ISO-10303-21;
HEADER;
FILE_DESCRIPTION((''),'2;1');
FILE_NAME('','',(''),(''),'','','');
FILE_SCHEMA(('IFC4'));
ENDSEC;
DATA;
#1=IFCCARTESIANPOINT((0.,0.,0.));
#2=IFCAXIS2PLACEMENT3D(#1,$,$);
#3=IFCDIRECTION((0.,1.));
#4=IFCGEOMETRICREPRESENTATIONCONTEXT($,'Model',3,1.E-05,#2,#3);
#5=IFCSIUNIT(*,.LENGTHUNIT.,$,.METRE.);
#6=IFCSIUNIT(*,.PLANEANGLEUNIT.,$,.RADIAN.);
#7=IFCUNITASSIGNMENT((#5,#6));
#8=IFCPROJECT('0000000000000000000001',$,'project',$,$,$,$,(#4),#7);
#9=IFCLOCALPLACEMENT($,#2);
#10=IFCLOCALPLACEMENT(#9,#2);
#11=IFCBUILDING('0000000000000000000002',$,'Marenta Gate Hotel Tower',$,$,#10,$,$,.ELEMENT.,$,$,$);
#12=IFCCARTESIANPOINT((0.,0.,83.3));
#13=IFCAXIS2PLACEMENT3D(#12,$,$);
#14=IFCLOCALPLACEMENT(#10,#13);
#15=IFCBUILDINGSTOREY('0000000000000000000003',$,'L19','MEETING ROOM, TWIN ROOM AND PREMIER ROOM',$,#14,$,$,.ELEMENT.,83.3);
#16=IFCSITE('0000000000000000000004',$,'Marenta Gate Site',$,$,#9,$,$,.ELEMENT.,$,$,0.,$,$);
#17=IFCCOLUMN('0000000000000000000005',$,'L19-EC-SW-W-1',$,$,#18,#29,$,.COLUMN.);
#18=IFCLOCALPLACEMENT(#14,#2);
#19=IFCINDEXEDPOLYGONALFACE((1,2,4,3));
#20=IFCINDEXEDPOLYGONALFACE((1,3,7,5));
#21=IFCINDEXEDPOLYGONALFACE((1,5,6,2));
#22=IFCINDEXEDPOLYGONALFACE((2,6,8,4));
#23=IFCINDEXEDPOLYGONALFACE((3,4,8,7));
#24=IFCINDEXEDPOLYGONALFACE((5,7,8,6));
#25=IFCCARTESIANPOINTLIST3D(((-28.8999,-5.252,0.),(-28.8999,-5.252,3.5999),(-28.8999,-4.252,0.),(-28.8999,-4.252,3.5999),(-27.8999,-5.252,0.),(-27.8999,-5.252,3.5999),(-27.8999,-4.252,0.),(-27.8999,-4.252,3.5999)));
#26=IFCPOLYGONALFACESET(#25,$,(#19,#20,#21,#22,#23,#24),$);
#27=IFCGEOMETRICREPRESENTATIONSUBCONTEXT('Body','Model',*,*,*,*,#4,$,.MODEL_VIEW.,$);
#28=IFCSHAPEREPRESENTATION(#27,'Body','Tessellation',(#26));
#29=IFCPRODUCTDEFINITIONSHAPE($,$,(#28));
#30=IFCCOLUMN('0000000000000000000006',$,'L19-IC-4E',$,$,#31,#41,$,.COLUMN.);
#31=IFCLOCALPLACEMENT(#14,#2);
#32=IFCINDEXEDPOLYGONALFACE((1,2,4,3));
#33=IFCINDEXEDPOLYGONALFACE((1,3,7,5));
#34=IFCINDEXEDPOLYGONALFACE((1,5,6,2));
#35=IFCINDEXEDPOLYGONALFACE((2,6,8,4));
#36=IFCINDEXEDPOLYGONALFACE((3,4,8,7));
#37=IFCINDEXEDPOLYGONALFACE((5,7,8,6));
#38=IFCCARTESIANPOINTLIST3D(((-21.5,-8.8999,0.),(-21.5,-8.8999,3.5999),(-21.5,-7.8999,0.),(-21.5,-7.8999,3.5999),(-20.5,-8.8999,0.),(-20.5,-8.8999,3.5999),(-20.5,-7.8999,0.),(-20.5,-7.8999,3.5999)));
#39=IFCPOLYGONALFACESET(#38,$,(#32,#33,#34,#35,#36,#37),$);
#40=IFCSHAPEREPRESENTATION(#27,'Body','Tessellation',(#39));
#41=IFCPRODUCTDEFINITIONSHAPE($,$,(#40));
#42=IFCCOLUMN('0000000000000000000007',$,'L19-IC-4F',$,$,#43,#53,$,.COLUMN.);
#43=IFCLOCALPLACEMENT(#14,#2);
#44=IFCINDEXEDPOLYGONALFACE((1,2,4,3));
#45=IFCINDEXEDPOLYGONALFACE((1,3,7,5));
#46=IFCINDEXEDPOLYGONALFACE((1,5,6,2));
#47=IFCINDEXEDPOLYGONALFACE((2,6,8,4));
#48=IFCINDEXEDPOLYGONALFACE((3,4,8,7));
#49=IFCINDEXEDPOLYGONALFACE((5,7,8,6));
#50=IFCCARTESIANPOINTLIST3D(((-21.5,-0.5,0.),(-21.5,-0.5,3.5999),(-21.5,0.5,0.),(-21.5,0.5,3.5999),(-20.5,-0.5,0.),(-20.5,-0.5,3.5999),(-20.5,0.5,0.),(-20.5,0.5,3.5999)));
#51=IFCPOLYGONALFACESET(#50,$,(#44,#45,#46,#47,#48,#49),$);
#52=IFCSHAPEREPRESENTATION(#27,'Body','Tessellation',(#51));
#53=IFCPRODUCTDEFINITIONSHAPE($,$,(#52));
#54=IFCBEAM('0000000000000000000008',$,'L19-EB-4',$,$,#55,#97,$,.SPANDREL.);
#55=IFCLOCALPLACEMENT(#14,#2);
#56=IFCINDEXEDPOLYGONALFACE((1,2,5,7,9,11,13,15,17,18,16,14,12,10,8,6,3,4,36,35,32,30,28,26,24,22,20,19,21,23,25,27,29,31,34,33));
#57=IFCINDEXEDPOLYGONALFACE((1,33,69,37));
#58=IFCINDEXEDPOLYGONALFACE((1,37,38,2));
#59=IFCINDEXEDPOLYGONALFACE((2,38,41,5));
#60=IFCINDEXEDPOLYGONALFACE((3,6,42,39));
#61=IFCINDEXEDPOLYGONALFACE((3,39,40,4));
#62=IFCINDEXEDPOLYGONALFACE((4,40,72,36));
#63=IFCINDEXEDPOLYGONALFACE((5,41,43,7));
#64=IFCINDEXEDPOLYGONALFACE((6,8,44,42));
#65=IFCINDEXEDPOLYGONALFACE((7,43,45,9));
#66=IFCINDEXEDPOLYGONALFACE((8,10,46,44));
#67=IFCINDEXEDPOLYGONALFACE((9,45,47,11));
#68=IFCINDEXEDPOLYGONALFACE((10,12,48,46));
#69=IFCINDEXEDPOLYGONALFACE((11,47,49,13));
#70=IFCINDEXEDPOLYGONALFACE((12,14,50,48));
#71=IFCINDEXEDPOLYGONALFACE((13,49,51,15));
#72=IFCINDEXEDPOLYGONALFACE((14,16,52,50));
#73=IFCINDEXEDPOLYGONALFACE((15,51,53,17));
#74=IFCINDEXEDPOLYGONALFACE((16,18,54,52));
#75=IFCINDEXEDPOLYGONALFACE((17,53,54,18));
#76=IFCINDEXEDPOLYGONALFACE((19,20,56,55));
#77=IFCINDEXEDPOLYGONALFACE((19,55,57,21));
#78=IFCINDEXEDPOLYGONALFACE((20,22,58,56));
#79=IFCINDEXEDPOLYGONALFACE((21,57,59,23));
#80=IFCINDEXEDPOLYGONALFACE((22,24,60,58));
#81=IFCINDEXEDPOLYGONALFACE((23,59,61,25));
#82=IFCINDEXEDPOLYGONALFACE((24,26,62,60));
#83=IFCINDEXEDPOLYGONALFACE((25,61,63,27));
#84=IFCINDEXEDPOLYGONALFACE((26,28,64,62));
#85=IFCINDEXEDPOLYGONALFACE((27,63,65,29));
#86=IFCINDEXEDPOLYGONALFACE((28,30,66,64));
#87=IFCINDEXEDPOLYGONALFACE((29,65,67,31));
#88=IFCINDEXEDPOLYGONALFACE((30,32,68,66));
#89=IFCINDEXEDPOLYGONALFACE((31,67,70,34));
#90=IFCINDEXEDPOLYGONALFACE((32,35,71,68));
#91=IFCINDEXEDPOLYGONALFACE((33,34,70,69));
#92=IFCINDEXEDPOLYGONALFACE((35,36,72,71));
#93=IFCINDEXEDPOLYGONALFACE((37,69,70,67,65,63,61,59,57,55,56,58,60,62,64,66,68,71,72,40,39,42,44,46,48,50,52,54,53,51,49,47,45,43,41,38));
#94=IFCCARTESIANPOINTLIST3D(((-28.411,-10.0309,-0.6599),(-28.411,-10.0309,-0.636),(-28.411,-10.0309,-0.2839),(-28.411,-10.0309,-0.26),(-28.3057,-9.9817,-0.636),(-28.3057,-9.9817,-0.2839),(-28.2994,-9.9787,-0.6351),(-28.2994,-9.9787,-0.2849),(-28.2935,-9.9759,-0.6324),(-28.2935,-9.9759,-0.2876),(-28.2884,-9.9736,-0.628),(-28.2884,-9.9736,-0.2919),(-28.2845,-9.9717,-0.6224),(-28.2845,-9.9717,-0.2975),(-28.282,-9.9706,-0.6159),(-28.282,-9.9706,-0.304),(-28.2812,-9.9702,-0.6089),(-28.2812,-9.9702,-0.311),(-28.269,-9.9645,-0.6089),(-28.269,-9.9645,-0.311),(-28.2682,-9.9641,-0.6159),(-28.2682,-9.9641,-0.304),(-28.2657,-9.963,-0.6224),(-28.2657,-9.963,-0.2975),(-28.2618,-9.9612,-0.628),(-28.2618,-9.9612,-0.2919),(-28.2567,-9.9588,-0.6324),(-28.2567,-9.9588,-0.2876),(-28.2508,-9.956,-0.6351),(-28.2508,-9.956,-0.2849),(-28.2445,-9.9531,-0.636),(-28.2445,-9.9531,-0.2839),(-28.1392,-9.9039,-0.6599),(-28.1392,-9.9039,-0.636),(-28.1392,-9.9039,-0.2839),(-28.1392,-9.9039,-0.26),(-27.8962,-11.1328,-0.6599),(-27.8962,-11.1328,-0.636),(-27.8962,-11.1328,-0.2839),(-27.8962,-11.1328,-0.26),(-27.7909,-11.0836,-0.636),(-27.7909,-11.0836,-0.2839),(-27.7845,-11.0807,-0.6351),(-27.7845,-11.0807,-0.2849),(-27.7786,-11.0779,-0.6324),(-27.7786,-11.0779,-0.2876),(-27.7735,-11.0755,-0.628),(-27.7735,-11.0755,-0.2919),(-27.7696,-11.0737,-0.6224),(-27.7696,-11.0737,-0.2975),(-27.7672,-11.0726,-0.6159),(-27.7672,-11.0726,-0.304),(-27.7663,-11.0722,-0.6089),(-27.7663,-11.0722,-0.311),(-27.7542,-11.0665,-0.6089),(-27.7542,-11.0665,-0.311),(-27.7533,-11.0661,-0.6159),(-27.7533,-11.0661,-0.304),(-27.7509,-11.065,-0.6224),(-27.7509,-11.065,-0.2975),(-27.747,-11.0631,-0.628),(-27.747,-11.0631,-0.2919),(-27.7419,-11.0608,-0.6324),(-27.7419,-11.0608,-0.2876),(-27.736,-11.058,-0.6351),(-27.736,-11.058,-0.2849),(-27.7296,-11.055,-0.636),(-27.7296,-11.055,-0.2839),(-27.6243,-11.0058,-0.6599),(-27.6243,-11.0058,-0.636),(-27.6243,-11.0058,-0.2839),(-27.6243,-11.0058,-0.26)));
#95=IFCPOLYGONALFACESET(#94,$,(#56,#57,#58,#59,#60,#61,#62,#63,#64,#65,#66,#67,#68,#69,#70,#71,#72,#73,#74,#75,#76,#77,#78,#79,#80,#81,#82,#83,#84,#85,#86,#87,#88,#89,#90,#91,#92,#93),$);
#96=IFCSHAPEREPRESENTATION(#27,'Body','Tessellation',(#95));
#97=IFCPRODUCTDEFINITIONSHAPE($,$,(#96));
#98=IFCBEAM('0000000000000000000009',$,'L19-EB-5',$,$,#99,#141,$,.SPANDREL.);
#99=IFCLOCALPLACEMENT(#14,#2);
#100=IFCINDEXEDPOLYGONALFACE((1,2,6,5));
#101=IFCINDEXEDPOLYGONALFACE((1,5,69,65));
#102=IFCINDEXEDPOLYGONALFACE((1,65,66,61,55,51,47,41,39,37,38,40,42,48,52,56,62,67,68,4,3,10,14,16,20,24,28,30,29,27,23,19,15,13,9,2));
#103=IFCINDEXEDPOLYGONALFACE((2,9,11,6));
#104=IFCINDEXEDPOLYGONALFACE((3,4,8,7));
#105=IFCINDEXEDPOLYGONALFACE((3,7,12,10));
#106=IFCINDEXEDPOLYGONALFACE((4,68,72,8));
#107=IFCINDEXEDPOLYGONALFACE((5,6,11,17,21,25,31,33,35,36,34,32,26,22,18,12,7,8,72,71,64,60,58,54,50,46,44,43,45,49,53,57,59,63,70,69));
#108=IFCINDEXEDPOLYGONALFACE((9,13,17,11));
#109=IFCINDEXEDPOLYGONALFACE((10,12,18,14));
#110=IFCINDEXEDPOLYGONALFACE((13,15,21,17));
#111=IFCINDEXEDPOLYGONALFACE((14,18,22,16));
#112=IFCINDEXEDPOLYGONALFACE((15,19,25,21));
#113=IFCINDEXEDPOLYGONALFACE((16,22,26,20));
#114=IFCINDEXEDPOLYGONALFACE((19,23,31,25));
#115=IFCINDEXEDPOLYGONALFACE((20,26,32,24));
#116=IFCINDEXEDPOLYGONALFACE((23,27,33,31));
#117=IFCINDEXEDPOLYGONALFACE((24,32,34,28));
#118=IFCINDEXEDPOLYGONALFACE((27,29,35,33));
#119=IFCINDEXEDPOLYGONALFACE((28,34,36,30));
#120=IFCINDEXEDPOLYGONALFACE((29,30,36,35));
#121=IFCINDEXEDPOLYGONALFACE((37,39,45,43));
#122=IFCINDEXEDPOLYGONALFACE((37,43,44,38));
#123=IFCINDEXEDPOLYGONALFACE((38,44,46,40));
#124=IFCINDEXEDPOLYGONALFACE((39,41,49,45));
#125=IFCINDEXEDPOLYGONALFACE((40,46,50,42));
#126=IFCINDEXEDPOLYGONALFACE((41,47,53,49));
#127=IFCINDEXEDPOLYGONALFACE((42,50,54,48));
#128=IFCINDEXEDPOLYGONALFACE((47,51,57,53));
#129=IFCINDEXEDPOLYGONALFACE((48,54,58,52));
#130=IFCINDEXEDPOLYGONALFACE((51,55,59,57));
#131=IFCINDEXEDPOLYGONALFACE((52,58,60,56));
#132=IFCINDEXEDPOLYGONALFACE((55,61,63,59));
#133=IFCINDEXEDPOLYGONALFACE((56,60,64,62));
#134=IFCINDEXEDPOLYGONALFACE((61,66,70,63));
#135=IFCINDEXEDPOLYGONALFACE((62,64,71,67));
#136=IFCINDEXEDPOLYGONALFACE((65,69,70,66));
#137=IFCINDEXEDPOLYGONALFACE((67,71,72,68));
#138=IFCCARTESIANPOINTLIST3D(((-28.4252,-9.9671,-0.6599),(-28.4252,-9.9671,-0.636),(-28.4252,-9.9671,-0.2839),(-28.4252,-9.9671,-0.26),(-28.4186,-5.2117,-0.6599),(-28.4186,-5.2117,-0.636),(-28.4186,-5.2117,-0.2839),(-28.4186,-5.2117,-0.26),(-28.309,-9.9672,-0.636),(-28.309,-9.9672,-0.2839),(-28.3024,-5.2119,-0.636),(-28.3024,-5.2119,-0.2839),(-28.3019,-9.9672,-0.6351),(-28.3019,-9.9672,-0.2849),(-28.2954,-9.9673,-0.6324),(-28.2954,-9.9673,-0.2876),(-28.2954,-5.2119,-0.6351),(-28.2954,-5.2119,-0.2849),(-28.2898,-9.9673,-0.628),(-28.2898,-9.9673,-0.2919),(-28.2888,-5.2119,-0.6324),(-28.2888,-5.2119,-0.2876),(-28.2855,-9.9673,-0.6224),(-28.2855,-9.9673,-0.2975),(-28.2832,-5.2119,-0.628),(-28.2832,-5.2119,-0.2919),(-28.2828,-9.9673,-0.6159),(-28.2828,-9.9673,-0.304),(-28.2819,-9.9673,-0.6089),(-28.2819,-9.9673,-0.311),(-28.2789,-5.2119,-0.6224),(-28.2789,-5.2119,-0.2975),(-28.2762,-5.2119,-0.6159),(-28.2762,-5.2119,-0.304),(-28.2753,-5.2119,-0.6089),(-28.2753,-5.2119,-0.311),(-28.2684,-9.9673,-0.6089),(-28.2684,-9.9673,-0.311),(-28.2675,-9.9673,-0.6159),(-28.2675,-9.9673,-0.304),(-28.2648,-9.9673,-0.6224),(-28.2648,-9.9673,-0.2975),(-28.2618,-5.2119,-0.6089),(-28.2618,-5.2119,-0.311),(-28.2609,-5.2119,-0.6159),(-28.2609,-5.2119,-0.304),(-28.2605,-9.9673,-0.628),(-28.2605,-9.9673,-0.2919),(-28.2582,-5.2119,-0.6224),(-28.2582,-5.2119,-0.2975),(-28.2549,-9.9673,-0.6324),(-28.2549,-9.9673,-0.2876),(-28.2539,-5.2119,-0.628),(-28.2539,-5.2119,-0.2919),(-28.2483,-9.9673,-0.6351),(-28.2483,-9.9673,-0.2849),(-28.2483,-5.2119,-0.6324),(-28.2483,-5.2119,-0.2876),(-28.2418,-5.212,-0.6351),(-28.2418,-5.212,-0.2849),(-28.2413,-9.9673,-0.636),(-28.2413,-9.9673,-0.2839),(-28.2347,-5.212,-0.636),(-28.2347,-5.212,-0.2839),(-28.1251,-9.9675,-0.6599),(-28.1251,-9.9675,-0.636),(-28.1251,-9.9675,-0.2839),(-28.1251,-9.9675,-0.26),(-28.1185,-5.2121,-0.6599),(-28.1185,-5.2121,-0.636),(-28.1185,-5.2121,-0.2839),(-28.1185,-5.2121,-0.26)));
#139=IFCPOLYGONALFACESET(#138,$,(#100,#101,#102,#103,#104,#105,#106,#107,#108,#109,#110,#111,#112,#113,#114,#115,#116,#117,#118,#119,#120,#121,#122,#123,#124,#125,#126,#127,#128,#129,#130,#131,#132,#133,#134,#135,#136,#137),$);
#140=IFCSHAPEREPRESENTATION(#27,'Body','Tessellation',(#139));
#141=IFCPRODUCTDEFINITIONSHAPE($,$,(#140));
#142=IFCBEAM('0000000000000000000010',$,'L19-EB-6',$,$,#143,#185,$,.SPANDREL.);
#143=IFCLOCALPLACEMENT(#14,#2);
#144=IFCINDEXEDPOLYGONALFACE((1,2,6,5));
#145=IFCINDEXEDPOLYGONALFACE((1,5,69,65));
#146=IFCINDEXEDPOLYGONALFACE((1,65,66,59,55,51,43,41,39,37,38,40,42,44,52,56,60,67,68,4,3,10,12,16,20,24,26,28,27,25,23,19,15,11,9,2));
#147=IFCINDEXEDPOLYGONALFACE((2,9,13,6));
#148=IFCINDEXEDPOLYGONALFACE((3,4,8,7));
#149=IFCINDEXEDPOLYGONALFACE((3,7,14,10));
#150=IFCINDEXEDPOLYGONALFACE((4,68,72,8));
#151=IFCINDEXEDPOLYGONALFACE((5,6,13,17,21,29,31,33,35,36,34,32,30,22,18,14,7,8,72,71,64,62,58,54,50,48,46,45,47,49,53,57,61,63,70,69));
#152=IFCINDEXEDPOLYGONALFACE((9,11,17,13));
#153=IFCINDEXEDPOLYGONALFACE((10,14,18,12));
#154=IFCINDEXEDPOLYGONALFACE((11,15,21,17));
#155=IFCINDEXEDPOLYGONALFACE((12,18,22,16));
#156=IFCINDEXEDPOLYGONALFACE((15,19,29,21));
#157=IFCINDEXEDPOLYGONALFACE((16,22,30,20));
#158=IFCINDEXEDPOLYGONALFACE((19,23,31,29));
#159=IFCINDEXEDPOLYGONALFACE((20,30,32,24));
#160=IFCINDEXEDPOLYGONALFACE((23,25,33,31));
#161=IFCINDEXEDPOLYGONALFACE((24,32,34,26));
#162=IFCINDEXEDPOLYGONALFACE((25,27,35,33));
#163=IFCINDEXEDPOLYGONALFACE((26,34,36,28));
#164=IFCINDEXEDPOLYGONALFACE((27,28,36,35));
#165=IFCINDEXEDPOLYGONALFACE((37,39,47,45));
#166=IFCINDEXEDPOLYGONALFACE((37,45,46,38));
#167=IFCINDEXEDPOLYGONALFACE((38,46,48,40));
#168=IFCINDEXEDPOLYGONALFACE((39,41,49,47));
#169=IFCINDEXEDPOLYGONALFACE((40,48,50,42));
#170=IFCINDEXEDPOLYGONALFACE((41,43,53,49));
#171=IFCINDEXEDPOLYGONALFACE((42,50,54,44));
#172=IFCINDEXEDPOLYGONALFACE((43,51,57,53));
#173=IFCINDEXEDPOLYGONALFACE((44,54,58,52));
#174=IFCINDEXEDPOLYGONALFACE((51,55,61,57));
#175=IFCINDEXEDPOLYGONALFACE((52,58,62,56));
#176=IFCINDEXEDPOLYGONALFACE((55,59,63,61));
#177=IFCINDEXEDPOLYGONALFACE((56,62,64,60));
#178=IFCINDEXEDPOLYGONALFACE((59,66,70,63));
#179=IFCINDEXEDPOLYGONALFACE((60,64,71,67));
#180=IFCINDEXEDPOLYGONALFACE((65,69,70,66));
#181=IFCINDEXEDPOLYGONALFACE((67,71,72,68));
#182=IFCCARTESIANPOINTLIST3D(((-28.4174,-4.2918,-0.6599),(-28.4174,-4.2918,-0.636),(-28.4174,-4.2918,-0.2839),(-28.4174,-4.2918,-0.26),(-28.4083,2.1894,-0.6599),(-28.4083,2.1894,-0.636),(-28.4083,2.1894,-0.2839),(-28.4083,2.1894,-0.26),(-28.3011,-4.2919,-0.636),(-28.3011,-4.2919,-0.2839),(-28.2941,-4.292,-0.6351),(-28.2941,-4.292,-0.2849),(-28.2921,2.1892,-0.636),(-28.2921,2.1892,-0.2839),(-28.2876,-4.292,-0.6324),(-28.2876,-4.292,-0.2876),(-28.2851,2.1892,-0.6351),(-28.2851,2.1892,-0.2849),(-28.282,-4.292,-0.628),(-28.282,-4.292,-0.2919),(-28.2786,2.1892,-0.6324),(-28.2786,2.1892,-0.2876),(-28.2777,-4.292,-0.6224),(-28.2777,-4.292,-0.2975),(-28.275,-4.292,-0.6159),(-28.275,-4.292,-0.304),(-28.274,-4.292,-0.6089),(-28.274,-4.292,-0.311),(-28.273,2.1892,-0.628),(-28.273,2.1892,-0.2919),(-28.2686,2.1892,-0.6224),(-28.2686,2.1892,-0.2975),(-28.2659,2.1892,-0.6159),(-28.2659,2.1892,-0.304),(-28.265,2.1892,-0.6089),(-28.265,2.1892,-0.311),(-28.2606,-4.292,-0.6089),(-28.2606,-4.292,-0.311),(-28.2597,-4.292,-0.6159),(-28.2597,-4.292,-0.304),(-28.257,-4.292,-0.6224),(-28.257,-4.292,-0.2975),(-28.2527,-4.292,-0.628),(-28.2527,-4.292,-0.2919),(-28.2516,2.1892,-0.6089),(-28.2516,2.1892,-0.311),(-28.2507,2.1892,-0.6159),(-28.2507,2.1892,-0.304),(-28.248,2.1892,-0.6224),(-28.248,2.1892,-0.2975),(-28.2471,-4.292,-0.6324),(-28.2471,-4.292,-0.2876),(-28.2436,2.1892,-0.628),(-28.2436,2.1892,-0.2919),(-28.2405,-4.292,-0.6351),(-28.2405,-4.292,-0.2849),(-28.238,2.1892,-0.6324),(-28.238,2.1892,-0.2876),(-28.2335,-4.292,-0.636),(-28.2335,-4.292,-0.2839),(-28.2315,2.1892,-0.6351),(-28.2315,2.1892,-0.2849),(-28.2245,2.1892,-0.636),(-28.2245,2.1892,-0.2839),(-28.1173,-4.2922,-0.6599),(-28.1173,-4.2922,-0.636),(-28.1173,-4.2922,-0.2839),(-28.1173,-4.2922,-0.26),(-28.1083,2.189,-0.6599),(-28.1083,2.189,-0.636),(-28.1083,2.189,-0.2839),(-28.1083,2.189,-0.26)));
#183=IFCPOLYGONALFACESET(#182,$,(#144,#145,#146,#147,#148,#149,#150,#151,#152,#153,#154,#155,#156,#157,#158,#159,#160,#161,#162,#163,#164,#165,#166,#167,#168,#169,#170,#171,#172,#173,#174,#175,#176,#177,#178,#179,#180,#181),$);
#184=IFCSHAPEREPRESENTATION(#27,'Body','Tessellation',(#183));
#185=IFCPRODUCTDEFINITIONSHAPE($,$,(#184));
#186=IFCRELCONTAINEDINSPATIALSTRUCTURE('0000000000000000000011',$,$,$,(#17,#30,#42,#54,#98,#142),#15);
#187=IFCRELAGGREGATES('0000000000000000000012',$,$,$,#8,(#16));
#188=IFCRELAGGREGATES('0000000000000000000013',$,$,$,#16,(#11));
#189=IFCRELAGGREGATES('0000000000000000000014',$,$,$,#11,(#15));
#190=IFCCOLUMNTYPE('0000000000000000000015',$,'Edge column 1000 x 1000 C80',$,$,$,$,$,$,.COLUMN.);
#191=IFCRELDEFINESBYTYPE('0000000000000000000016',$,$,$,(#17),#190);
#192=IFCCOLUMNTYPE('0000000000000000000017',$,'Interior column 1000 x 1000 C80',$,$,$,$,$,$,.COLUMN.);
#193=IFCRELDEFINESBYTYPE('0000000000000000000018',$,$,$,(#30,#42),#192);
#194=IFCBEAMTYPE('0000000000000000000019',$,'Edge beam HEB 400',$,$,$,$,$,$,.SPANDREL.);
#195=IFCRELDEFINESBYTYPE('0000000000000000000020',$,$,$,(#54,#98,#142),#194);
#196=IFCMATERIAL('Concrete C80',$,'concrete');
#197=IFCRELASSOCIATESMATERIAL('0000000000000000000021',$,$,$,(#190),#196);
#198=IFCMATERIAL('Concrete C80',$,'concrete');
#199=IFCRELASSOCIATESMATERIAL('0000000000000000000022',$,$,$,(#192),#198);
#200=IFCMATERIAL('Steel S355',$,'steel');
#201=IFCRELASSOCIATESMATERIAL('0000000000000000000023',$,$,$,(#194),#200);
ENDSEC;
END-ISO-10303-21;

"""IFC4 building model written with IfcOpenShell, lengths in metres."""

from ifc_helpers import new_model, si_unit, direction, frame, origin, origin_2d, place, context, subcontext, project, spatial, rectangle, i_section, extrude, material, material_profile, profile_set, type_object, element, save


model = new_model("IFC4")

# Units and contexts
model_context = context("Model", 3, precision=1e-05, world=origin(), true_north=direction((0.0, 1.0)))
body_context = subcontext(model_context, "Body", "Model", "MODEL_VIEW")
ifc_project = project(units=[si_unit("LENGTHUNIT", "METRE"), si_unit("PLANEANGLEUNIT", "RADIAN")], contexts=[model_context])

# Site, building, storey
site_placement = place(None, origin())
site = spatial("IfcSite", under=ifc_project, at=site_placement, Name="Marenta Gate Site", CompositionType="ELEMENT", RefElevation=0.0)
building_placement = place(site_placement, origin())
building = spatial("IfcBuilding", under=site, at=building_placement, Name="Marenta Gate Hotel Tower", CompositionType="ELEMENT")
storey_placement = place(building_placement, frame((0.0, 0.0, 83.3)))
storey = spatial("IfcBuildingStorey", under=building, at=storey_placement, Name="L19", Description="MEETING ROOM, TWIN ROOM AND PREMIER ROOM", CompositionType="ELEMENT", Elevation=83.3)

# Columns
ifc_material_1 = material(Name="Concrete C80", Category="concrete")
ifc_material_profile_1 = material_profile(ifc_material_1, rectangle(XDim=1.0, YDim=1.0, at=origin_2d()), Name="1000 x 1000")
ifc_profile_set_1 = profile_set([ifc_material_profile_1], Name="Concrete C80")
column_type_1 = type_object("IfcColumnType", Name="Edge column 1000 x 1000 C80", PredefinedType="COLUMN", material=ifc_profile_set_1)
column_placement = place(storey_placement, frame((-28.3999, -4.752, 0.0), z_axis=(0.0, 0.0, 1.0), x_axis=(1.0, 0.0, 0.0)))
element("IfcColumn", 1, at=column_placement, inside=storey, type_object=column_type_1, Name="L19-EC-SW-W-1", PredefinedType="COLUMN", context=body_context, shape_type="SweptSolid", body=[
    extrude(rectangle(XDim=1.0, YDim=1.0, at=origin_2d()), origin(), (0.0, 0.0, 1.0), 3.5999),
])
ifc_material_2 = material(Name="Concrete C80", Category="concrete")
ifc_material_profile_2 = material_profile(ifc_material_2, rectangle(XDim=1.0, YDim=1.0, at=origin_2d()), Name="1000 x 1000")
ifc_profile_set_2 = profile_set([ifc_material_profile_2], Name="Concrete C80")
column_type_2 = type_object("IfcColumnType", Name="Interior column 1000 x 1000 C80", PredefinedType="COLUMN", material=ifc_profile_set_2)
for number, where, z_axis, x_axis, name in (
    (2, (-21.0, -8.3999, 0.0), (0.0, 0.0, 1.0), (1.0, 0.0, 0.0), "L19-IC-4E"),
    (3, (-21.0, 0.0, 0.0), (0.0, 0.0, 1.0), (1.0, 0.0, 0.0), "L19-IC-4F"),
):
    element("IfcColumn", number, at=place(storey_placement, frame(where, z_axis=z_axis, x_axis=x_axis)), inside=storey, type_object=column_type_2, Name=name, PredefinedType="COLUMN", context=body_context, shape_type="SweptSolid", body=[
        extrude(rectangle(XDim=1.0, YDim=1.0, at=origin_2d()), origin(), (0.0, 0.0, 1.0), 3.5999),
    ])

# Beams
ifc_material_3 = material(Name="Steel S355", Category="steel")
ifc_material_profile_3 = material_profile(ifc_material_3, i_section(OverallWidth=0.3, OverallDepth=0.3999, WebThickness=0.0134, FlangeThickness=0.0239, FilletRadius=0.0271, at=origin_2d()), Name="HEB 400")
ifc_profile_set_3 = profile_set([ifc_material_profile_3], Name="Steel S355")
beam_type_1 = type_object("IfcBeamType", Name="Edge beam HEB 400", PredefinedType="SPANDREL", material=ifc_profile_set_3)
beam_1_placement = place(storey_placement, frame((-27.7603, -11.0693, -0.46), z_axis=(-0.423292, 0.905993, 0.0), x_axis=(-0.905993, -0.423292, 0.0)))
element("IfcBeam", 4, at=beam_1_placement, inside=storey, type_object=beam_type_1, Name="L19-EB-4", PredefinedType="SPANDREL", context=body_context, shape_type="SweptSolid", body=[
    extrude(i_section(OverallWidth=0.3, OverallDepth=0.3999, WebThickness=0.0134, FlangeThickness=0.0239, FilletRadius=0.0271, at=origin_2d()), origin(), (0.0, 0.0, 1.0), 1.2163),
])
beam_2_placement = place(storey_placement, frame((-28.2751, -9.9673, -0.46), z_axis=(0.001386, 0.999999, 0.0), x_axis=(-0.999999, 0.001386, 0.0)))
element("IfcBeam", 5, at=beam_2_placement, inside=storey, type_object=beam_type_1, Name="L19-EB-5", PredefinedType="SPANDREL", context=body_context, shape_type="SweptSolid", body=[
    extrude(i_section(OverallWidth=0.3, OverallDepth=0.3999, WebThickness=0.0134, FlangeThickness=0.0239, FilletRadius=0.0271, at=origin_2d()), origin(), (0.0, 0.0, 1.0), 4.7554),
])
beam_3_placement = place(storey_placement, frame((-28.2673, -4.292, -0.46), z_axis=(0.001394, 0.999999, 0.0), x_axis=(-0.999999, 0.001394, 0.0)))
element("IfcBeam", 6, at=beam_3_placement, inside=storey, type_object=beam_type_1, Name="L19-EB-6", PredefinedType="SPANDREL", context=body_context, shape_type="SweptSolid", body=[
    extrude(i_section(OverallWidth=0.3, OverallDepth=0.3999, WebThickness=0.0134, FlangeThickness=0.0239, FilletRadius=0.0271, at=origin_2d()), origin(), (0.0, 0.0, 1.0), 6.4812),
])

save(model, "model.ifc")
